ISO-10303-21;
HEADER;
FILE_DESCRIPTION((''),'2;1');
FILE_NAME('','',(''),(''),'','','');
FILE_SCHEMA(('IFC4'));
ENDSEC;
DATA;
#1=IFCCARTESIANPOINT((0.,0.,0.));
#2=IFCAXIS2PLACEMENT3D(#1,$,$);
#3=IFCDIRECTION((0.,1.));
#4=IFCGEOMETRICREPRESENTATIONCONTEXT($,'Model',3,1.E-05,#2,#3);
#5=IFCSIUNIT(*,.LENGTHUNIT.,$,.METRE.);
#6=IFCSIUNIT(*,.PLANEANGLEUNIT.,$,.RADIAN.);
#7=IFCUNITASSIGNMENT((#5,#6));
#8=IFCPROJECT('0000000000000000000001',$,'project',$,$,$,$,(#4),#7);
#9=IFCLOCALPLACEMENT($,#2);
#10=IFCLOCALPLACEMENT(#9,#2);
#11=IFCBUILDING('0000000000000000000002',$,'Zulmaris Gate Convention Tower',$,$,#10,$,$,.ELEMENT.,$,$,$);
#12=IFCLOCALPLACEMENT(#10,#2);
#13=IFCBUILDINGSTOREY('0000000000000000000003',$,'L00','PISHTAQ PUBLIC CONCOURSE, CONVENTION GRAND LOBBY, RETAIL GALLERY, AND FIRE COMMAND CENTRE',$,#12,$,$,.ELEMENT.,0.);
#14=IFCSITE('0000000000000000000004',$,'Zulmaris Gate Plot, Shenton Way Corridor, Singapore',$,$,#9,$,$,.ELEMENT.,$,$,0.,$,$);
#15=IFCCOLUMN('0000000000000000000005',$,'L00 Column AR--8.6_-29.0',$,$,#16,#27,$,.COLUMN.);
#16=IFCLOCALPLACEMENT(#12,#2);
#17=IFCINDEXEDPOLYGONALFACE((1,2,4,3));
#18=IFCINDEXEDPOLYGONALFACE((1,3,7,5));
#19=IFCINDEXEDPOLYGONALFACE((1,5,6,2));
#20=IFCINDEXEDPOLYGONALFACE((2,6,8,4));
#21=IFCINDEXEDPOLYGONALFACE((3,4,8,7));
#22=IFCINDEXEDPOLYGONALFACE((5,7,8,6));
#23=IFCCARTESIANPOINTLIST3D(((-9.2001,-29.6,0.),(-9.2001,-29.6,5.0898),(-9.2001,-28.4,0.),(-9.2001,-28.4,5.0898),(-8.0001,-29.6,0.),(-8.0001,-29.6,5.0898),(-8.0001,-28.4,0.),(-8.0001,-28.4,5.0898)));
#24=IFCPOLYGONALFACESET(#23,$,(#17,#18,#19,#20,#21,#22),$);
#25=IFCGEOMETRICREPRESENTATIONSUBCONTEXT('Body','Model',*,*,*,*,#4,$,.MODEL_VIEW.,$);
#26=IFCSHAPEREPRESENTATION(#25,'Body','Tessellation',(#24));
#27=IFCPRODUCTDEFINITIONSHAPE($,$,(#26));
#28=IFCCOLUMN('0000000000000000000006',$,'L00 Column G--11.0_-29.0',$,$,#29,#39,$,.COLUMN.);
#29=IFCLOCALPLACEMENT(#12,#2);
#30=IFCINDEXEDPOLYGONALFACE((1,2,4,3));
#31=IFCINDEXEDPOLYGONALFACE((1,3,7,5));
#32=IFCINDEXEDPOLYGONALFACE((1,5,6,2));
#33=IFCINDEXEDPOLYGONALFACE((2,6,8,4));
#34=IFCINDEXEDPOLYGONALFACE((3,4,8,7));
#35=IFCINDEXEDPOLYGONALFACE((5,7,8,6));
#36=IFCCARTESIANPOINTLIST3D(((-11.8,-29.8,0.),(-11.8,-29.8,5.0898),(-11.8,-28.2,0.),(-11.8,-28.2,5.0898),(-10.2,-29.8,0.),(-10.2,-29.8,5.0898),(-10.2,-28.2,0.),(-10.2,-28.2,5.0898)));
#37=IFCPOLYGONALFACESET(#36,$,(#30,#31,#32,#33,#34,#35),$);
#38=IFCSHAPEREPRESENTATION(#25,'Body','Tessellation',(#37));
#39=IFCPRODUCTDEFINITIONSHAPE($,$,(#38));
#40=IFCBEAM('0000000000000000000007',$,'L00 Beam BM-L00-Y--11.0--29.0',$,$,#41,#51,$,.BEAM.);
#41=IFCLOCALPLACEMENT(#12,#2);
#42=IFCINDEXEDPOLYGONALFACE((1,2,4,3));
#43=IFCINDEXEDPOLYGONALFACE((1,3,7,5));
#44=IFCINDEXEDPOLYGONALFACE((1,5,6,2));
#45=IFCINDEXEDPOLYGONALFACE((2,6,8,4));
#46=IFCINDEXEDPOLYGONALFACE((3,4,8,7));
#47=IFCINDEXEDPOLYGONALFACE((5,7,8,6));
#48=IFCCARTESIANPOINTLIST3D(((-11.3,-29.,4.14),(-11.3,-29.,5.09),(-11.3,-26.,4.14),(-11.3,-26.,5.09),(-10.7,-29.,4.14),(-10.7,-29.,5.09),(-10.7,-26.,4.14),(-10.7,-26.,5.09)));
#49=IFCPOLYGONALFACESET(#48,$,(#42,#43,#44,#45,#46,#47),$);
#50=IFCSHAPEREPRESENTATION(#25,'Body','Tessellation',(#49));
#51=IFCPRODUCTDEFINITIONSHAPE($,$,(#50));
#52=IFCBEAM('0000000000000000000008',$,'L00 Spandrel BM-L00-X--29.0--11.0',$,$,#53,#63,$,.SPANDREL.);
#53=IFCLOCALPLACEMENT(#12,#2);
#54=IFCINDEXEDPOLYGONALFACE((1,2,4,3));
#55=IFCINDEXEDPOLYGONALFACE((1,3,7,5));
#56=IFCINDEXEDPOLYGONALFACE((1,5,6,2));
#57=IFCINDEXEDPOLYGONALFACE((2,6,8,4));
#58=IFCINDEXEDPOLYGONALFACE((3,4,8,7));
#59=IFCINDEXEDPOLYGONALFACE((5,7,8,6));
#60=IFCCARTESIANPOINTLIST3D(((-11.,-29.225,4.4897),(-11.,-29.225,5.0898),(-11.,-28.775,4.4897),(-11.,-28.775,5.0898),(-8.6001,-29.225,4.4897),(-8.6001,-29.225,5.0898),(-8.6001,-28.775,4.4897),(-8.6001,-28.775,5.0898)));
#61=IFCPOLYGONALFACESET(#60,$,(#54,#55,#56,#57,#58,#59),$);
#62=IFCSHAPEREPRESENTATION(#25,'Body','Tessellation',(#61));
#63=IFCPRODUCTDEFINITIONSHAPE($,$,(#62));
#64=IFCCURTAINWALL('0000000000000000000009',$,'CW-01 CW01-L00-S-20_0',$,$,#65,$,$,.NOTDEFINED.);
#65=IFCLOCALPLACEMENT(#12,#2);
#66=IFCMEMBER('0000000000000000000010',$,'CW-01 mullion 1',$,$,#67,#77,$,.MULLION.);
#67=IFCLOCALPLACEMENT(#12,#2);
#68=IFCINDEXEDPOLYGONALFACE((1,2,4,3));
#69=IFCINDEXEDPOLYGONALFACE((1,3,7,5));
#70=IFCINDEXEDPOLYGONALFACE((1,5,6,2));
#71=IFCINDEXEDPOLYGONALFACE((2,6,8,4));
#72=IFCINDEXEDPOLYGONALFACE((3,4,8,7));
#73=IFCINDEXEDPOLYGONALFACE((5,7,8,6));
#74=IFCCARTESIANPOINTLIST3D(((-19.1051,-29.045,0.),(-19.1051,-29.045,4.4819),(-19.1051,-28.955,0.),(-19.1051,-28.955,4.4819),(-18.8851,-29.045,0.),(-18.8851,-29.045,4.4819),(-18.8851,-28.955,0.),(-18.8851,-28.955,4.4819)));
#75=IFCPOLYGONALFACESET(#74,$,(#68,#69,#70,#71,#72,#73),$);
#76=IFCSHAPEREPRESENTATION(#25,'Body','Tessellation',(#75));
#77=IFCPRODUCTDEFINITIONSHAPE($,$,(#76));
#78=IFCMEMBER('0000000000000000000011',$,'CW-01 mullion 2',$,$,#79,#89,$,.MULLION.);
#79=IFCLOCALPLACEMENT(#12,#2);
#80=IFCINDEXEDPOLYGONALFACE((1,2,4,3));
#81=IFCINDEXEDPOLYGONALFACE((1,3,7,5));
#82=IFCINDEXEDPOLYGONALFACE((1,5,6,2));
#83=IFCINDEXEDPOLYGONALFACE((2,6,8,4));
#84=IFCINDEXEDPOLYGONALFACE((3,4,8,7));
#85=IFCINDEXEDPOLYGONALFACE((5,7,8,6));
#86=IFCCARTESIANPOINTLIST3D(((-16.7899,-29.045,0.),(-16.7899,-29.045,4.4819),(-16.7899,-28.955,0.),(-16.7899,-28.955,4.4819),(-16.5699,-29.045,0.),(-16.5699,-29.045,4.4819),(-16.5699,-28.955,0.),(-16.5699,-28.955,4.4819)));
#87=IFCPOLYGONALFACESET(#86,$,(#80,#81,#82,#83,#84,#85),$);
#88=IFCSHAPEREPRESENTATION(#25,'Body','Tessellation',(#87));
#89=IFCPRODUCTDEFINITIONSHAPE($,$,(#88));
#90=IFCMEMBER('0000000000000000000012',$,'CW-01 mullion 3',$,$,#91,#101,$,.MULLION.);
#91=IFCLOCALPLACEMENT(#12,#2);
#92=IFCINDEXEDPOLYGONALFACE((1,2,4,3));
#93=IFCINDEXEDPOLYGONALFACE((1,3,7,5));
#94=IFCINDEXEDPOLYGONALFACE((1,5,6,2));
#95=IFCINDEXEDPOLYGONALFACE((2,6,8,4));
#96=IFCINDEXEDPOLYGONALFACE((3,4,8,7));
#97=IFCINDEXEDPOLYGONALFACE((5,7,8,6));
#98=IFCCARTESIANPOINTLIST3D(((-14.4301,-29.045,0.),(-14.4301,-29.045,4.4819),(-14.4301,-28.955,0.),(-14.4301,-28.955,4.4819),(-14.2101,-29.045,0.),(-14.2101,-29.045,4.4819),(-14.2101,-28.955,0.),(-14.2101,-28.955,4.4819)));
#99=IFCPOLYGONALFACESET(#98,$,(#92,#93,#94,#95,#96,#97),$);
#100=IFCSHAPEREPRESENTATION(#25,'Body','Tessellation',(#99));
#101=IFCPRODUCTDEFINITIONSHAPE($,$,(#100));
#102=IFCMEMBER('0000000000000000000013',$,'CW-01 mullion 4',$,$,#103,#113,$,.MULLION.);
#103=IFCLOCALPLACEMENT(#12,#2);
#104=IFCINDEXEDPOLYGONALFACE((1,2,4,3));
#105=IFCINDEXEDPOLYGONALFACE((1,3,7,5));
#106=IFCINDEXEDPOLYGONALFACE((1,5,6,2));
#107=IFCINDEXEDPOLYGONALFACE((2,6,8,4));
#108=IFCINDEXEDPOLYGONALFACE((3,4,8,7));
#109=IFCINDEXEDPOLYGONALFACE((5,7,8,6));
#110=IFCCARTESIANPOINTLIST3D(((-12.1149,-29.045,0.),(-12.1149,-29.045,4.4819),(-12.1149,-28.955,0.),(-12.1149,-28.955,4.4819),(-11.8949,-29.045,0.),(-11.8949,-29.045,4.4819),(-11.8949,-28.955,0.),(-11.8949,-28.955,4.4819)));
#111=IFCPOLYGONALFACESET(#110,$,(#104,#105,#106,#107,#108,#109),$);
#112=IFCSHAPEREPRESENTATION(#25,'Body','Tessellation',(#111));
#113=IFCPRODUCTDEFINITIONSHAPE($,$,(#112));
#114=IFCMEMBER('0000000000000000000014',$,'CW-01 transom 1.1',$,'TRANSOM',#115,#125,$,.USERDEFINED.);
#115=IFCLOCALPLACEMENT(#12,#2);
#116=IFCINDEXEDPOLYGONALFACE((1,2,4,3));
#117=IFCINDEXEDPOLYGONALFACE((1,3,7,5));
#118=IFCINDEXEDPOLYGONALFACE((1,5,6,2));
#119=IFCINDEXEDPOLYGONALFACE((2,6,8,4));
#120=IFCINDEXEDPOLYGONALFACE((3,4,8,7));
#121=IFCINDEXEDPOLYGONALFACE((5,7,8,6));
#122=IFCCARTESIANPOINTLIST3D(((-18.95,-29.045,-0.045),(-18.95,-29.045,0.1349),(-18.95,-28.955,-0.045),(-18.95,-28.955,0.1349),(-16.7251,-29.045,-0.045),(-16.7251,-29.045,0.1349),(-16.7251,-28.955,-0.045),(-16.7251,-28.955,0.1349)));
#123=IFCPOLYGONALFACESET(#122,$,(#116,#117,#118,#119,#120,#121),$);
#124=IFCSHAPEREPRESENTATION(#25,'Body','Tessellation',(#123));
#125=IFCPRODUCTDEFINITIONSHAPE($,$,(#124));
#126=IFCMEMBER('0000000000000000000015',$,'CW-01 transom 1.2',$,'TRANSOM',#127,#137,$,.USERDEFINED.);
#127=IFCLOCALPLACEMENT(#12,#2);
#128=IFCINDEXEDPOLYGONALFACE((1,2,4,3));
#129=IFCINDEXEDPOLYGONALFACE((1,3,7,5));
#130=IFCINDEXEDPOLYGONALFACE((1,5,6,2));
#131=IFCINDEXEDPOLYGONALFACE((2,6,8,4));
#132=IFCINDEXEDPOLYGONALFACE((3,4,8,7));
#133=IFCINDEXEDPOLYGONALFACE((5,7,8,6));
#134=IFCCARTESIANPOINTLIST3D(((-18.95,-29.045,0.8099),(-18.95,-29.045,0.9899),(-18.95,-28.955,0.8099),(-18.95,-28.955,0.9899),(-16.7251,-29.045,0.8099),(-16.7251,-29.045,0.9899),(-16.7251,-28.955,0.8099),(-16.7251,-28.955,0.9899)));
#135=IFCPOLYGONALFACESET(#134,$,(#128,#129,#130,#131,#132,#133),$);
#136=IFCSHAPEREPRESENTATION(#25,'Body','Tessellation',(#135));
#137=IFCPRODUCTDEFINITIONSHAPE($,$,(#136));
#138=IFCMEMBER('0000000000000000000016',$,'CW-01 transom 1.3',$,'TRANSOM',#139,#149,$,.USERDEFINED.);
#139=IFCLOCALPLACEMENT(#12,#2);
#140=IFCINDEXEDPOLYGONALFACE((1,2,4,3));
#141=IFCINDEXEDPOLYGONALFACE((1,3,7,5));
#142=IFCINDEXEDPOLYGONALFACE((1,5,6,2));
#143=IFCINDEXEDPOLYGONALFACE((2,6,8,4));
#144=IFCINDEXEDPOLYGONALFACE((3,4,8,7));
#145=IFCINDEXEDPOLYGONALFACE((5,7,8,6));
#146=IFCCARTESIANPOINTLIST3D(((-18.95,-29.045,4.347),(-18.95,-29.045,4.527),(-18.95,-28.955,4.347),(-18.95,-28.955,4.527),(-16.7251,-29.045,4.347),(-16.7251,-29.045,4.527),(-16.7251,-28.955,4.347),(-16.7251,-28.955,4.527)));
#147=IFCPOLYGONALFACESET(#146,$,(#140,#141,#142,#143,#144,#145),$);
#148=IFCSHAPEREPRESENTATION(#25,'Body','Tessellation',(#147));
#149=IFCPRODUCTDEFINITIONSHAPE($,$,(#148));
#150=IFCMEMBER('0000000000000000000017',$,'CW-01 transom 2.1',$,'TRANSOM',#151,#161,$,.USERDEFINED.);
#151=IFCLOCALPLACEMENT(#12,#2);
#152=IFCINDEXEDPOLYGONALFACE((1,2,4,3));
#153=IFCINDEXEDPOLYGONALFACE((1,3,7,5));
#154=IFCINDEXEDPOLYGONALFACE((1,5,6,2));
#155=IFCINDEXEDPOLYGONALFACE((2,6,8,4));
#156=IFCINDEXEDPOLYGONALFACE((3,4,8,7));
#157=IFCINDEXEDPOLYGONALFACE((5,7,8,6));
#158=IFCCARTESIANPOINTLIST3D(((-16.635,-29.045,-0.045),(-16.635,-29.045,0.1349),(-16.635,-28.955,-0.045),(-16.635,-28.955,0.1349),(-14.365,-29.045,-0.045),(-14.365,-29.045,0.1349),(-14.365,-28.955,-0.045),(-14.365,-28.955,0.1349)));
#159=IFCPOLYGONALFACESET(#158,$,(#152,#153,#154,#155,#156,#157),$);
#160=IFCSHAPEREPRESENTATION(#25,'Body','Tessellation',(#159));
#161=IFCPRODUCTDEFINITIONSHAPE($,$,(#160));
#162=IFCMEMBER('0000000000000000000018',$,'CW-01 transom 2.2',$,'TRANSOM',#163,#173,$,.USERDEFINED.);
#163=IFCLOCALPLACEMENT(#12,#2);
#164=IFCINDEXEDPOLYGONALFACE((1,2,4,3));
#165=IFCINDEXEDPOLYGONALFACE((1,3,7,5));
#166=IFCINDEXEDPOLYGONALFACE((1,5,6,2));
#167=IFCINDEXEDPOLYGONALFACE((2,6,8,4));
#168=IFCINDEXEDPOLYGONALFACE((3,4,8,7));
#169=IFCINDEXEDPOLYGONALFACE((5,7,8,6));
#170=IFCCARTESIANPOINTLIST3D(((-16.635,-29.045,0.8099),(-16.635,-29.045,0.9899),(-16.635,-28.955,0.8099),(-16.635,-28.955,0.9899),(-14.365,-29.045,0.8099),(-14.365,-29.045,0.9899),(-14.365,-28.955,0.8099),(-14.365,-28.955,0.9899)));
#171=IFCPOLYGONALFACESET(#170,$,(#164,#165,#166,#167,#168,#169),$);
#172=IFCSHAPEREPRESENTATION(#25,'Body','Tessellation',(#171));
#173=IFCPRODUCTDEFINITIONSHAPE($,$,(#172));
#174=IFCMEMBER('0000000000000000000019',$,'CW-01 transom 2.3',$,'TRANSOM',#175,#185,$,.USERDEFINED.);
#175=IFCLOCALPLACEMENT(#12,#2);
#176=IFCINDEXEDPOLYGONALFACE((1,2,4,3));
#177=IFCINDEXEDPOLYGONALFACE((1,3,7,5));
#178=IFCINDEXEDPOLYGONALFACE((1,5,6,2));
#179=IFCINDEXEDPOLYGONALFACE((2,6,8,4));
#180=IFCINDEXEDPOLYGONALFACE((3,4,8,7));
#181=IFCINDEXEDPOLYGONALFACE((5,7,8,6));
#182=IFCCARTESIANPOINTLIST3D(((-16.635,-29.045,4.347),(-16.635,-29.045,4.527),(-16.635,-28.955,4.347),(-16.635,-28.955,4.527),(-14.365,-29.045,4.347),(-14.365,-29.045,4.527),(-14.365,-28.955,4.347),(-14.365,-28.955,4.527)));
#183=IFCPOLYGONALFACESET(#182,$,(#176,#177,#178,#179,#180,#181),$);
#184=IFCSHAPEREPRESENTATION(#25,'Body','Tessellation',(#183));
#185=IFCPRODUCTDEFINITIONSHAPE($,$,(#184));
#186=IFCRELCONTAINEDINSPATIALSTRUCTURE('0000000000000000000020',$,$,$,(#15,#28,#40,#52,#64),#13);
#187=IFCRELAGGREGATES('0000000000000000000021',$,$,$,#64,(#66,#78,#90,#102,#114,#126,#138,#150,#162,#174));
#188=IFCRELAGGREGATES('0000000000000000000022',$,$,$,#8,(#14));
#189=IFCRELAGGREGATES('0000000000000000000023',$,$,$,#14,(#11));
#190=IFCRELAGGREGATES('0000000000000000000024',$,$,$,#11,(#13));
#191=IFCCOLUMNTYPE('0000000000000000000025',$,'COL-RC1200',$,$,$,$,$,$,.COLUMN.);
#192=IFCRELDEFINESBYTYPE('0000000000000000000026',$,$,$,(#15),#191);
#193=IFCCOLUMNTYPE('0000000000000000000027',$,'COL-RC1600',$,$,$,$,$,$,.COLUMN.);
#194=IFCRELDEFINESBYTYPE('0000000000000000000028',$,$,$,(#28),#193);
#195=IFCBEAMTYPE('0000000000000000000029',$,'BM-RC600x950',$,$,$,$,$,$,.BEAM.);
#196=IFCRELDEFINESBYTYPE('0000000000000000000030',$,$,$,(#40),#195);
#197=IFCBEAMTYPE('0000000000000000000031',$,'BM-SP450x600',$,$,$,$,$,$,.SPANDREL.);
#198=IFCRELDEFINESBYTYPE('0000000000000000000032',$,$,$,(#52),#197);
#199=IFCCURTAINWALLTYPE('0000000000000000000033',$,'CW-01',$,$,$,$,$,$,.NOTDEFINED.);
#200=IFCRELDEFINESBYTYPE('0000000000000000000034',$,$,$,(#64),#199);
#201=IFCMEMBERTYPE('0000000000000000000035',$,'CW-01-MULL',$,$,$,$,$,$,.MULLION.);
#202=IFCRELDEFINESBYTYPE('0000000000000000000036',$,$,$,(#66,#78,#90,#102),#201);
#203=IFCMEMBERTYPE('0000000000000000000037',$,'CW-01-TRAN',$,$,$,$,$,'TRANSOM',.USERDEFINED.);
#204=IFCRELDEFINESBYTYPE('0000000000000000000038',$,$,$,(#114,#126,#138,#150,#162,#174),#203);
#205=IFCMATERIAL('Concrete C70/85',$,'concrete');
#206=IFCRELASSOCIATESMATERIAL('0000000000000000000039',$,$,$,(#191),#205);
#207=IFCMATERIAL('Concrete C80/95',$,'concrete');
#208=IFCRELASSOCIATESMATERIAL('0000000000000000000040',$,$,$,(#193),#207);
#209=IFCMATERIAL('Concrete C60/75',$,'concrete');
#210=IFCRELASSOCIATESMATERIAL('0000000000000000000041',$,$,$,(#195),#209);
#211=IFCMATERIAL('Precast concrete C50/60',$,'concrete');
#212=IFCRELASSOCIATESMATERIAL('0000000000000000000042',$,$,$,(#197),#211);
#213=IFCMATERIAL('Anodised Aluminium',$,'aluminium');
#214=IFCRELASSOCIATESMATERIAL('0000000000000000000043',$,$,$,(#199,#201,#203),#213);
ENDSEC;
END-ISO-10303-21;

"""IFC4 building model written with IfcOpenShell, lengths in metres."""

from ifc_helpers import new_model, si_unit, direction, frame, origin, origin_2d, place, context, subcontext, project, spatial, rectangle, extrude, material, material_profile, profile_set, type_object, element, aggregate, save


model = new_model("IFC4")

# Units and contexts
model_context = context("Model", 3, precision=1e-05, world=origin(), true_north=direction((0.0, 1.0)))
body_context = subcontext(model_context, "Body", "Model", "MODEL_VIEW")
ifc_project = project(units=[si_unit("LENGTHUNIT", "METRE"), si_unit("PLANEANGLEUNIT", "RADIAN")], contexts=[model_context])

# Site, building, storey
site_placement = place(None, origin())
site = spatial("IfcSite", under=ifc_project, at=site_placement, Name="Zulmaris Gate Plot, Shenton Way Corridor, Singapore", CompositionType="ELEMENT", RefElevation=0.0)
building_placement = place(site_placement, origin())
building = spatial("IfcBuilding", under=site, at=building_placement, Name="Zulmaris Gate Convention Tower", CompositionType="ELEMENT")
storey_placement = place(building_placement, origin())
storey = spatial("IfcBuildingStorey", under=building, at=storey_placement, Name="L00", Description="PISHTAQ PUBLIC CONCOURSE, CONVENTION GRAND LOBBY, RETAIL GALLERY, AND FIRE COMMAND CENTRE", CompositionType="ELEMENT", Elevation=0.0)

# Columns
ifc_material_1 = material(Name="Concrete C70/85", Category="concrete")
ifc_material_profile_1 = material_profile(ifc_material_1, rectangle(XDim=1.2, YDim=1.2, at=origin_2d()), Name="RC COL 1200x1200")
ifc_profile_set_1 = profile_set([ifc_material_profile_1], Name="Concrete C70/85")
column_type_1 = type_object("IfcColumnType", Name="COL-RC1200", PredefinedType="COLUMN", material=ifc_profile_set_1)
column_1_placement = place(storey_placement, frame((-8.6001, -29.0, 0.0), z_axis=(0.0, 0.0, 1.0), x_axis=(1.0, 0.0, 0.0)))
element("IfcColumn", 1, at=column_1_placement, inside=storey, type_object=column_type_1, Name="L00 Column AR--8.6_-29.0", PredefinedType="COLUMN", context=body_context, shape_type="SweptSolid", body=[
    extrude(rectangle(XDim=1.2, YDim=1.2, at=origin_2d()), origin(), (0.0, 0.0, 1.0), 5.0898),
])
ifc_material_2 = material(Name="Concrete C80/95", Category="concrete")
ifc_material_profile_2 = material_profile(ifc_material_2, rectangle(XDim=1.6001, YDim=1.6001, at=origin_2d()), Name="RC COL 1600x1600")
ifc_profile_set_2 = profile_set([ifc_material_profile_2], Name="Concrete C80/95")
column_type_2 = type_object("IfcColumnType", Name="COL-RC1600", PredefinedType="COLUMN", material=ifc_profile_set_2)
column_2_placement = place(storey_placement, frame((-11.0, -29.0, 0.0), z_axis=(0.0, 0.0, 1.0), x_axis=(1.0, 0.0, 0.0)))
element("IfcColumn", 2, at=column_2_placement, inside=storey, type_object=column_type_2, Name="L00 Column G--11.0_-29.0", PredefinedType="COLUMN", context=body_context, shape_type="SweptSolid", body=[
    extrude(rectangle(XDim=1.6001, YDim=1.6001, at=origin_2d()), origin(), (0.0, 0.0, 1.0), 5.0898),
])

# Beams
ifc_material_3 = material(Name="Concrete C60/75", Category="concrete")
ifc_material_profile_3 = material_profile(ifc_material_3, rectangle(XDim=0.6001, YDim=0.95, at=origin_2d()), Name="RC BEAM 600x950")
ifc_profile_set_3 = profile_set([ifc_material_profile_3], Name="Concrete C60/75")
beam_type_1 = type_object("IfcBeamType", Name="BM-RC600x950", PredefinedType="BEAM", material=ifc_profile_set_3)
beam_1_placement = place(storey_placement, frame((-11.0, -29.0, 4.615), z_axis=(0.0, 1.0, 0.0), x_axis=(-1.0, 0.0, 0.0)))
element("IfcBeam", 3, at=beam_1_placement, inside=storey, type_object=beam_type_1, Name="L00 Beam BM-L00-Y--11.0--29.0", PredefinedType="BEAM", context=body_context, shape_type="SweptSolid", body=[
    extrude(rectangle(XDim=0.6001, YDim=0.95, at=origin_2d()), origin(), (0.0, 0.0, 1.0), 3.0),
])
ifc_material_4 = material(Name="Precast concrete C50/60", Category="concrete")
ifc_material_profile_4 = material_profile(ifc_material_4, rectangle(XDim=0.45, YDim=0.6001, at=origin_2d()), Name="RC SPANDREL 450x600")
ifc_profile_set_4 = profile_set([ifc_material_profile_4], Name="Precast concrete C50/60")
beam_type_2 = type_object("IfcBeamType", Name="BM-SP450x600", PredefinedType="SPANDREL", material=ifc_profile_set_4)
beam_2_placement = place(storey_placement, frame((-11.0, -29.0, 4.7898), z_axis=(1.0, 0.0, 0.0), x_axis=(0.0, 1.0, 0.0)))
element("IfcBeam", 4, at=beam_2_placement, inside=storey, type_object=beam_type_2, Name="L00 Spandrel BM-L00-X--29.0--11.0", PredefinedType="SPANDREL", context=body_context, shape_type="SweptSolid", body=[
    extrude(rectangle(XDim=0.45, YDim=0.6001, at=origin_2d()), origin(), (0.0, 0.0, 1.0), 2.3999),
])

# Curtain wall, members
ifc_material_5 = material(Name="Anodised Aluminium", Category="aluminium")
curtain_wall_type = type_object("IfcCurtainWallType", Name="CW-01", PredefinedType="NOTDEFINED", material=ifc_material_5)
curtain_wall_placement = place(storey_placement, origin())
curtain_wall = element("IfcCurtainWall", 5, at=curtain_wall_placement, inside=storey, type_object=curtain_wall_type, Name="CW-01 CW01-L00-S-20_0", PredefinedType="NOTDEFINED")
ifc_material_profile_5 = material_profile(ifc_material_5, rectangle(XDim=0.0901, YDim=0.22, at=origin_2d()), Name="ALU MULLION 90x220")
ifc_profile_set_5 = profile_set([ifc_material_profile_5], Name="Anodised Aluminium")
member_type_1 = type_object("IfcMemberType", Name="CW-01-MULL", PredefinedType="MULLION", material=ifc_profile_set_5)
member_1_placement = place(storey_placement, frame((-18.9951, -29.0, 0.0), z_axis=(0.0, 0.0, 1.0), x_axis=(0.0, 1.0, 0.0)))
member_1 = element("IfcMember", 6, at=member_1_placement, type_object=member_type_1, Name="CW-01 mullion 1", PredefinedType="MULLION", context=body_context, shape_type="SweptSolid", body=[
    extrude(rectangle(XDim=0.0901, YDim=0.22, at=origin_2d()), origin(), (0.0, 0.0, 1.0), 4.4819),
])
member_2_placement = place(storey_placement, frame((-16.6799, -29.0, 0.0), z_axis=(0.0, 0.0, 1.0), x_axis=(0.0, 1.0, 0.0)))
member_2 = element("IfcMember", 7, at=member_2_placement, type_object=member_type_1, Name="CW-01 mullion 2", PredefinedType="MULLION", context=body_context, shape_type="SweptSolid", body=[
    extrude(rectangle(XDim=0.0901, YDim=0.22, at=origin_2d()), origin(), (0.0, 0.0, 1.0), 4.4819),
])
member_3_placement = place(storey_placement, frame((-14.3201, -29.0, 0.0), z_axis=(0.0, 0.0, 1.0), x_axis=(0.0, 1.0, 0.0)))
member_3 = element("IfcMember", 8, at=member_3_placement, type_object=member_type_1, Name="CW-01 mullion 3", PredefinedType="MULLION", context=body_context, shape_type="SweptSolid", body=[
    extrude(rectangle(XDim=0.0901, YDim=0.22, at=origin_2d()), origin(), (0.0, 0.0, 1.0), 4.4819),
])
member_4_placement = place(storey_placement, frame((-12.0049, -29.0, 0.0), z_axis=(0.0, 0.0, 1.0), x_axis=(0.0, 1.0, 0.0)))
member_4 = element("IfcMember", 9, at=member_4_placement, type_object=member_type_1, Name="CW-01 mullion 4", PredefinedType="MULLION", context=body_context, shape_type="SweptSolid", body=[
    extrude(rectangle(XDim=0.0901, YDim=0.22, at=origin_2d()), origin(), (0.0, 0.0, 1.0), 4.4819),
])
ifc_material_profile_6 = material_profile(ifc_material_5, rectangle(XDim=0.0901, YDim=0.1799, at=origin_2d()), Name="ALU TRANSOM 90x180")
ifc_profile_set_6 = profile_set([ifc_material_profile_6], Name="Anodised Aluminium")
member_type_2 = type_object("IfcMemberType", Name="CW-01-TRAN", ElementType="TRANSOM", PredefinedType="USERDEFINED", material=ifc_profile_set_6)
member_5_placement = place(storey_placement, frame((-18.95, -29.0, 0.0449), z_axis=(1.0, 0.0, 0.0), x_axis=(0.0, 1.0, 0.0)))
member_5 = element("IfcMember", 10, at=member_5_placement, type_object=member_type_2, Name="CW-01 transom 1.1", ObjectType="TRANSOM", PredefinedType="USERDEFINED", context=body_context, shape_type="SweptSolid", body=[
    extrude(rectangle(XDim=0.0901, YDim=0.1799, at=origin_2d()), origin(), (0.0, 0.0, 1.0), 2.2249),
])
member_6_placement = place(storey_placement, frame((-18.95, -29.0, 0.8999), z_axis=(1.0, 0.0, 0.0), x_axis=(0.0, 1.0, 0.0)))
member_6 = element("IfcMember", 11, at=member_6_placement, type_object=member_type_2, Name="CW-01 transom 1.2", ObjectType="TRANSOM", PredefinedType="USERDEFINED", context=body_context, shape_type="SweptSolid", body=[
    extrude(rectangle(XDim=0.0901, YDim=0.1799, at=origin_2d()), origin(), (0.0, 0.0, 1.0), 2.2249),
])
member_7_placement = place(storey_placement, frame((-18.95, -29.0, 4.437), z_axis=(1.0, 0.0, 0.0), x_axis=(0.0, 1.0, 0.0)))
member_7 = element("IfcMember", 12, at=member_7_placement, type_object=member_type_2, Name="CW-01 transom 1.3", ObjectType="TRANSOM", PredefinedType="USERDEFINED", context=body_context, shape_type="SweptSolid", body=[
    extrude(rectangle(XDim=0.0901, YDim=0.1799, at=origin_2d()), origin(), (0.0, 0.0, 1.0), 2.2249),
])
member_8_placement = place(storey_placement, frame((-16.635, -29.0, 0.0449), z_axis=(1.0, 0.0, 0.0), x_axis=(0.0, 1.0, 0.0)))
member_8 = element("IfcMember", 13, at=member_8_placement, type_object=member_type_2, Name="CW-01 transom 2.1", ObjectType="TRANSOM", PredefinedType="USERDEFINED", context=body_context, shape_type="SweptSolid", body=[
    extrude(rectangle(XDim=0.0901, YDim=0.1799, at=origin_2d()), origin(), (0.0, 0.0, 1.0), 2.27),
])
member_9_placement = place(storey_placement, frame((-16.635, -29.0, 0.8999), z_axis=(1.0, 0.0, 0.0), x_axis=(0.0, 1.0, 0.0)))
member_9 = element("IfcMember", 14, at=member_9_placement, type_object=member_type_2, Name="CW-01 transom 2.2", ObjectType="TRANSOM", PredefinedType="USERDEFINED", context=body_context, shape_type="SweptSolid", body=[
    extrude(rectangle(XDim=0.0901, YDim=0.1799, at=origin_2d()), origin(), (0.0, 0.0, 1.0), 2.27),
])
member_10_placement = place(storey_placement, frame((-16.635, -29.0, 4.437), z_axis=(1.0, 0.0, 0.0), x_axis=(0.0, 1.0, 0.0)))
member_10 = element("IfcMember", 15, at=member_10_placement, type_object=member_type_2, Name="CW-01 transom 2.3", ObjectType="TRANSOM", PredefinedType="USERDEFINED", context=body_context, shape_type="SweptSolid", body=[
    extrude(rectangle(XDim=0.0901, YDim=0.1799, at=origin_2d()), origin(), (0.0, 0.0, 1.0), 2.27),
])
aggregate(curtain_wall, [member_1, member_2, member_3, member_4, member_5, member_6, member_7, member_8, member_9, member_10])

save(model, "model.ifc")
